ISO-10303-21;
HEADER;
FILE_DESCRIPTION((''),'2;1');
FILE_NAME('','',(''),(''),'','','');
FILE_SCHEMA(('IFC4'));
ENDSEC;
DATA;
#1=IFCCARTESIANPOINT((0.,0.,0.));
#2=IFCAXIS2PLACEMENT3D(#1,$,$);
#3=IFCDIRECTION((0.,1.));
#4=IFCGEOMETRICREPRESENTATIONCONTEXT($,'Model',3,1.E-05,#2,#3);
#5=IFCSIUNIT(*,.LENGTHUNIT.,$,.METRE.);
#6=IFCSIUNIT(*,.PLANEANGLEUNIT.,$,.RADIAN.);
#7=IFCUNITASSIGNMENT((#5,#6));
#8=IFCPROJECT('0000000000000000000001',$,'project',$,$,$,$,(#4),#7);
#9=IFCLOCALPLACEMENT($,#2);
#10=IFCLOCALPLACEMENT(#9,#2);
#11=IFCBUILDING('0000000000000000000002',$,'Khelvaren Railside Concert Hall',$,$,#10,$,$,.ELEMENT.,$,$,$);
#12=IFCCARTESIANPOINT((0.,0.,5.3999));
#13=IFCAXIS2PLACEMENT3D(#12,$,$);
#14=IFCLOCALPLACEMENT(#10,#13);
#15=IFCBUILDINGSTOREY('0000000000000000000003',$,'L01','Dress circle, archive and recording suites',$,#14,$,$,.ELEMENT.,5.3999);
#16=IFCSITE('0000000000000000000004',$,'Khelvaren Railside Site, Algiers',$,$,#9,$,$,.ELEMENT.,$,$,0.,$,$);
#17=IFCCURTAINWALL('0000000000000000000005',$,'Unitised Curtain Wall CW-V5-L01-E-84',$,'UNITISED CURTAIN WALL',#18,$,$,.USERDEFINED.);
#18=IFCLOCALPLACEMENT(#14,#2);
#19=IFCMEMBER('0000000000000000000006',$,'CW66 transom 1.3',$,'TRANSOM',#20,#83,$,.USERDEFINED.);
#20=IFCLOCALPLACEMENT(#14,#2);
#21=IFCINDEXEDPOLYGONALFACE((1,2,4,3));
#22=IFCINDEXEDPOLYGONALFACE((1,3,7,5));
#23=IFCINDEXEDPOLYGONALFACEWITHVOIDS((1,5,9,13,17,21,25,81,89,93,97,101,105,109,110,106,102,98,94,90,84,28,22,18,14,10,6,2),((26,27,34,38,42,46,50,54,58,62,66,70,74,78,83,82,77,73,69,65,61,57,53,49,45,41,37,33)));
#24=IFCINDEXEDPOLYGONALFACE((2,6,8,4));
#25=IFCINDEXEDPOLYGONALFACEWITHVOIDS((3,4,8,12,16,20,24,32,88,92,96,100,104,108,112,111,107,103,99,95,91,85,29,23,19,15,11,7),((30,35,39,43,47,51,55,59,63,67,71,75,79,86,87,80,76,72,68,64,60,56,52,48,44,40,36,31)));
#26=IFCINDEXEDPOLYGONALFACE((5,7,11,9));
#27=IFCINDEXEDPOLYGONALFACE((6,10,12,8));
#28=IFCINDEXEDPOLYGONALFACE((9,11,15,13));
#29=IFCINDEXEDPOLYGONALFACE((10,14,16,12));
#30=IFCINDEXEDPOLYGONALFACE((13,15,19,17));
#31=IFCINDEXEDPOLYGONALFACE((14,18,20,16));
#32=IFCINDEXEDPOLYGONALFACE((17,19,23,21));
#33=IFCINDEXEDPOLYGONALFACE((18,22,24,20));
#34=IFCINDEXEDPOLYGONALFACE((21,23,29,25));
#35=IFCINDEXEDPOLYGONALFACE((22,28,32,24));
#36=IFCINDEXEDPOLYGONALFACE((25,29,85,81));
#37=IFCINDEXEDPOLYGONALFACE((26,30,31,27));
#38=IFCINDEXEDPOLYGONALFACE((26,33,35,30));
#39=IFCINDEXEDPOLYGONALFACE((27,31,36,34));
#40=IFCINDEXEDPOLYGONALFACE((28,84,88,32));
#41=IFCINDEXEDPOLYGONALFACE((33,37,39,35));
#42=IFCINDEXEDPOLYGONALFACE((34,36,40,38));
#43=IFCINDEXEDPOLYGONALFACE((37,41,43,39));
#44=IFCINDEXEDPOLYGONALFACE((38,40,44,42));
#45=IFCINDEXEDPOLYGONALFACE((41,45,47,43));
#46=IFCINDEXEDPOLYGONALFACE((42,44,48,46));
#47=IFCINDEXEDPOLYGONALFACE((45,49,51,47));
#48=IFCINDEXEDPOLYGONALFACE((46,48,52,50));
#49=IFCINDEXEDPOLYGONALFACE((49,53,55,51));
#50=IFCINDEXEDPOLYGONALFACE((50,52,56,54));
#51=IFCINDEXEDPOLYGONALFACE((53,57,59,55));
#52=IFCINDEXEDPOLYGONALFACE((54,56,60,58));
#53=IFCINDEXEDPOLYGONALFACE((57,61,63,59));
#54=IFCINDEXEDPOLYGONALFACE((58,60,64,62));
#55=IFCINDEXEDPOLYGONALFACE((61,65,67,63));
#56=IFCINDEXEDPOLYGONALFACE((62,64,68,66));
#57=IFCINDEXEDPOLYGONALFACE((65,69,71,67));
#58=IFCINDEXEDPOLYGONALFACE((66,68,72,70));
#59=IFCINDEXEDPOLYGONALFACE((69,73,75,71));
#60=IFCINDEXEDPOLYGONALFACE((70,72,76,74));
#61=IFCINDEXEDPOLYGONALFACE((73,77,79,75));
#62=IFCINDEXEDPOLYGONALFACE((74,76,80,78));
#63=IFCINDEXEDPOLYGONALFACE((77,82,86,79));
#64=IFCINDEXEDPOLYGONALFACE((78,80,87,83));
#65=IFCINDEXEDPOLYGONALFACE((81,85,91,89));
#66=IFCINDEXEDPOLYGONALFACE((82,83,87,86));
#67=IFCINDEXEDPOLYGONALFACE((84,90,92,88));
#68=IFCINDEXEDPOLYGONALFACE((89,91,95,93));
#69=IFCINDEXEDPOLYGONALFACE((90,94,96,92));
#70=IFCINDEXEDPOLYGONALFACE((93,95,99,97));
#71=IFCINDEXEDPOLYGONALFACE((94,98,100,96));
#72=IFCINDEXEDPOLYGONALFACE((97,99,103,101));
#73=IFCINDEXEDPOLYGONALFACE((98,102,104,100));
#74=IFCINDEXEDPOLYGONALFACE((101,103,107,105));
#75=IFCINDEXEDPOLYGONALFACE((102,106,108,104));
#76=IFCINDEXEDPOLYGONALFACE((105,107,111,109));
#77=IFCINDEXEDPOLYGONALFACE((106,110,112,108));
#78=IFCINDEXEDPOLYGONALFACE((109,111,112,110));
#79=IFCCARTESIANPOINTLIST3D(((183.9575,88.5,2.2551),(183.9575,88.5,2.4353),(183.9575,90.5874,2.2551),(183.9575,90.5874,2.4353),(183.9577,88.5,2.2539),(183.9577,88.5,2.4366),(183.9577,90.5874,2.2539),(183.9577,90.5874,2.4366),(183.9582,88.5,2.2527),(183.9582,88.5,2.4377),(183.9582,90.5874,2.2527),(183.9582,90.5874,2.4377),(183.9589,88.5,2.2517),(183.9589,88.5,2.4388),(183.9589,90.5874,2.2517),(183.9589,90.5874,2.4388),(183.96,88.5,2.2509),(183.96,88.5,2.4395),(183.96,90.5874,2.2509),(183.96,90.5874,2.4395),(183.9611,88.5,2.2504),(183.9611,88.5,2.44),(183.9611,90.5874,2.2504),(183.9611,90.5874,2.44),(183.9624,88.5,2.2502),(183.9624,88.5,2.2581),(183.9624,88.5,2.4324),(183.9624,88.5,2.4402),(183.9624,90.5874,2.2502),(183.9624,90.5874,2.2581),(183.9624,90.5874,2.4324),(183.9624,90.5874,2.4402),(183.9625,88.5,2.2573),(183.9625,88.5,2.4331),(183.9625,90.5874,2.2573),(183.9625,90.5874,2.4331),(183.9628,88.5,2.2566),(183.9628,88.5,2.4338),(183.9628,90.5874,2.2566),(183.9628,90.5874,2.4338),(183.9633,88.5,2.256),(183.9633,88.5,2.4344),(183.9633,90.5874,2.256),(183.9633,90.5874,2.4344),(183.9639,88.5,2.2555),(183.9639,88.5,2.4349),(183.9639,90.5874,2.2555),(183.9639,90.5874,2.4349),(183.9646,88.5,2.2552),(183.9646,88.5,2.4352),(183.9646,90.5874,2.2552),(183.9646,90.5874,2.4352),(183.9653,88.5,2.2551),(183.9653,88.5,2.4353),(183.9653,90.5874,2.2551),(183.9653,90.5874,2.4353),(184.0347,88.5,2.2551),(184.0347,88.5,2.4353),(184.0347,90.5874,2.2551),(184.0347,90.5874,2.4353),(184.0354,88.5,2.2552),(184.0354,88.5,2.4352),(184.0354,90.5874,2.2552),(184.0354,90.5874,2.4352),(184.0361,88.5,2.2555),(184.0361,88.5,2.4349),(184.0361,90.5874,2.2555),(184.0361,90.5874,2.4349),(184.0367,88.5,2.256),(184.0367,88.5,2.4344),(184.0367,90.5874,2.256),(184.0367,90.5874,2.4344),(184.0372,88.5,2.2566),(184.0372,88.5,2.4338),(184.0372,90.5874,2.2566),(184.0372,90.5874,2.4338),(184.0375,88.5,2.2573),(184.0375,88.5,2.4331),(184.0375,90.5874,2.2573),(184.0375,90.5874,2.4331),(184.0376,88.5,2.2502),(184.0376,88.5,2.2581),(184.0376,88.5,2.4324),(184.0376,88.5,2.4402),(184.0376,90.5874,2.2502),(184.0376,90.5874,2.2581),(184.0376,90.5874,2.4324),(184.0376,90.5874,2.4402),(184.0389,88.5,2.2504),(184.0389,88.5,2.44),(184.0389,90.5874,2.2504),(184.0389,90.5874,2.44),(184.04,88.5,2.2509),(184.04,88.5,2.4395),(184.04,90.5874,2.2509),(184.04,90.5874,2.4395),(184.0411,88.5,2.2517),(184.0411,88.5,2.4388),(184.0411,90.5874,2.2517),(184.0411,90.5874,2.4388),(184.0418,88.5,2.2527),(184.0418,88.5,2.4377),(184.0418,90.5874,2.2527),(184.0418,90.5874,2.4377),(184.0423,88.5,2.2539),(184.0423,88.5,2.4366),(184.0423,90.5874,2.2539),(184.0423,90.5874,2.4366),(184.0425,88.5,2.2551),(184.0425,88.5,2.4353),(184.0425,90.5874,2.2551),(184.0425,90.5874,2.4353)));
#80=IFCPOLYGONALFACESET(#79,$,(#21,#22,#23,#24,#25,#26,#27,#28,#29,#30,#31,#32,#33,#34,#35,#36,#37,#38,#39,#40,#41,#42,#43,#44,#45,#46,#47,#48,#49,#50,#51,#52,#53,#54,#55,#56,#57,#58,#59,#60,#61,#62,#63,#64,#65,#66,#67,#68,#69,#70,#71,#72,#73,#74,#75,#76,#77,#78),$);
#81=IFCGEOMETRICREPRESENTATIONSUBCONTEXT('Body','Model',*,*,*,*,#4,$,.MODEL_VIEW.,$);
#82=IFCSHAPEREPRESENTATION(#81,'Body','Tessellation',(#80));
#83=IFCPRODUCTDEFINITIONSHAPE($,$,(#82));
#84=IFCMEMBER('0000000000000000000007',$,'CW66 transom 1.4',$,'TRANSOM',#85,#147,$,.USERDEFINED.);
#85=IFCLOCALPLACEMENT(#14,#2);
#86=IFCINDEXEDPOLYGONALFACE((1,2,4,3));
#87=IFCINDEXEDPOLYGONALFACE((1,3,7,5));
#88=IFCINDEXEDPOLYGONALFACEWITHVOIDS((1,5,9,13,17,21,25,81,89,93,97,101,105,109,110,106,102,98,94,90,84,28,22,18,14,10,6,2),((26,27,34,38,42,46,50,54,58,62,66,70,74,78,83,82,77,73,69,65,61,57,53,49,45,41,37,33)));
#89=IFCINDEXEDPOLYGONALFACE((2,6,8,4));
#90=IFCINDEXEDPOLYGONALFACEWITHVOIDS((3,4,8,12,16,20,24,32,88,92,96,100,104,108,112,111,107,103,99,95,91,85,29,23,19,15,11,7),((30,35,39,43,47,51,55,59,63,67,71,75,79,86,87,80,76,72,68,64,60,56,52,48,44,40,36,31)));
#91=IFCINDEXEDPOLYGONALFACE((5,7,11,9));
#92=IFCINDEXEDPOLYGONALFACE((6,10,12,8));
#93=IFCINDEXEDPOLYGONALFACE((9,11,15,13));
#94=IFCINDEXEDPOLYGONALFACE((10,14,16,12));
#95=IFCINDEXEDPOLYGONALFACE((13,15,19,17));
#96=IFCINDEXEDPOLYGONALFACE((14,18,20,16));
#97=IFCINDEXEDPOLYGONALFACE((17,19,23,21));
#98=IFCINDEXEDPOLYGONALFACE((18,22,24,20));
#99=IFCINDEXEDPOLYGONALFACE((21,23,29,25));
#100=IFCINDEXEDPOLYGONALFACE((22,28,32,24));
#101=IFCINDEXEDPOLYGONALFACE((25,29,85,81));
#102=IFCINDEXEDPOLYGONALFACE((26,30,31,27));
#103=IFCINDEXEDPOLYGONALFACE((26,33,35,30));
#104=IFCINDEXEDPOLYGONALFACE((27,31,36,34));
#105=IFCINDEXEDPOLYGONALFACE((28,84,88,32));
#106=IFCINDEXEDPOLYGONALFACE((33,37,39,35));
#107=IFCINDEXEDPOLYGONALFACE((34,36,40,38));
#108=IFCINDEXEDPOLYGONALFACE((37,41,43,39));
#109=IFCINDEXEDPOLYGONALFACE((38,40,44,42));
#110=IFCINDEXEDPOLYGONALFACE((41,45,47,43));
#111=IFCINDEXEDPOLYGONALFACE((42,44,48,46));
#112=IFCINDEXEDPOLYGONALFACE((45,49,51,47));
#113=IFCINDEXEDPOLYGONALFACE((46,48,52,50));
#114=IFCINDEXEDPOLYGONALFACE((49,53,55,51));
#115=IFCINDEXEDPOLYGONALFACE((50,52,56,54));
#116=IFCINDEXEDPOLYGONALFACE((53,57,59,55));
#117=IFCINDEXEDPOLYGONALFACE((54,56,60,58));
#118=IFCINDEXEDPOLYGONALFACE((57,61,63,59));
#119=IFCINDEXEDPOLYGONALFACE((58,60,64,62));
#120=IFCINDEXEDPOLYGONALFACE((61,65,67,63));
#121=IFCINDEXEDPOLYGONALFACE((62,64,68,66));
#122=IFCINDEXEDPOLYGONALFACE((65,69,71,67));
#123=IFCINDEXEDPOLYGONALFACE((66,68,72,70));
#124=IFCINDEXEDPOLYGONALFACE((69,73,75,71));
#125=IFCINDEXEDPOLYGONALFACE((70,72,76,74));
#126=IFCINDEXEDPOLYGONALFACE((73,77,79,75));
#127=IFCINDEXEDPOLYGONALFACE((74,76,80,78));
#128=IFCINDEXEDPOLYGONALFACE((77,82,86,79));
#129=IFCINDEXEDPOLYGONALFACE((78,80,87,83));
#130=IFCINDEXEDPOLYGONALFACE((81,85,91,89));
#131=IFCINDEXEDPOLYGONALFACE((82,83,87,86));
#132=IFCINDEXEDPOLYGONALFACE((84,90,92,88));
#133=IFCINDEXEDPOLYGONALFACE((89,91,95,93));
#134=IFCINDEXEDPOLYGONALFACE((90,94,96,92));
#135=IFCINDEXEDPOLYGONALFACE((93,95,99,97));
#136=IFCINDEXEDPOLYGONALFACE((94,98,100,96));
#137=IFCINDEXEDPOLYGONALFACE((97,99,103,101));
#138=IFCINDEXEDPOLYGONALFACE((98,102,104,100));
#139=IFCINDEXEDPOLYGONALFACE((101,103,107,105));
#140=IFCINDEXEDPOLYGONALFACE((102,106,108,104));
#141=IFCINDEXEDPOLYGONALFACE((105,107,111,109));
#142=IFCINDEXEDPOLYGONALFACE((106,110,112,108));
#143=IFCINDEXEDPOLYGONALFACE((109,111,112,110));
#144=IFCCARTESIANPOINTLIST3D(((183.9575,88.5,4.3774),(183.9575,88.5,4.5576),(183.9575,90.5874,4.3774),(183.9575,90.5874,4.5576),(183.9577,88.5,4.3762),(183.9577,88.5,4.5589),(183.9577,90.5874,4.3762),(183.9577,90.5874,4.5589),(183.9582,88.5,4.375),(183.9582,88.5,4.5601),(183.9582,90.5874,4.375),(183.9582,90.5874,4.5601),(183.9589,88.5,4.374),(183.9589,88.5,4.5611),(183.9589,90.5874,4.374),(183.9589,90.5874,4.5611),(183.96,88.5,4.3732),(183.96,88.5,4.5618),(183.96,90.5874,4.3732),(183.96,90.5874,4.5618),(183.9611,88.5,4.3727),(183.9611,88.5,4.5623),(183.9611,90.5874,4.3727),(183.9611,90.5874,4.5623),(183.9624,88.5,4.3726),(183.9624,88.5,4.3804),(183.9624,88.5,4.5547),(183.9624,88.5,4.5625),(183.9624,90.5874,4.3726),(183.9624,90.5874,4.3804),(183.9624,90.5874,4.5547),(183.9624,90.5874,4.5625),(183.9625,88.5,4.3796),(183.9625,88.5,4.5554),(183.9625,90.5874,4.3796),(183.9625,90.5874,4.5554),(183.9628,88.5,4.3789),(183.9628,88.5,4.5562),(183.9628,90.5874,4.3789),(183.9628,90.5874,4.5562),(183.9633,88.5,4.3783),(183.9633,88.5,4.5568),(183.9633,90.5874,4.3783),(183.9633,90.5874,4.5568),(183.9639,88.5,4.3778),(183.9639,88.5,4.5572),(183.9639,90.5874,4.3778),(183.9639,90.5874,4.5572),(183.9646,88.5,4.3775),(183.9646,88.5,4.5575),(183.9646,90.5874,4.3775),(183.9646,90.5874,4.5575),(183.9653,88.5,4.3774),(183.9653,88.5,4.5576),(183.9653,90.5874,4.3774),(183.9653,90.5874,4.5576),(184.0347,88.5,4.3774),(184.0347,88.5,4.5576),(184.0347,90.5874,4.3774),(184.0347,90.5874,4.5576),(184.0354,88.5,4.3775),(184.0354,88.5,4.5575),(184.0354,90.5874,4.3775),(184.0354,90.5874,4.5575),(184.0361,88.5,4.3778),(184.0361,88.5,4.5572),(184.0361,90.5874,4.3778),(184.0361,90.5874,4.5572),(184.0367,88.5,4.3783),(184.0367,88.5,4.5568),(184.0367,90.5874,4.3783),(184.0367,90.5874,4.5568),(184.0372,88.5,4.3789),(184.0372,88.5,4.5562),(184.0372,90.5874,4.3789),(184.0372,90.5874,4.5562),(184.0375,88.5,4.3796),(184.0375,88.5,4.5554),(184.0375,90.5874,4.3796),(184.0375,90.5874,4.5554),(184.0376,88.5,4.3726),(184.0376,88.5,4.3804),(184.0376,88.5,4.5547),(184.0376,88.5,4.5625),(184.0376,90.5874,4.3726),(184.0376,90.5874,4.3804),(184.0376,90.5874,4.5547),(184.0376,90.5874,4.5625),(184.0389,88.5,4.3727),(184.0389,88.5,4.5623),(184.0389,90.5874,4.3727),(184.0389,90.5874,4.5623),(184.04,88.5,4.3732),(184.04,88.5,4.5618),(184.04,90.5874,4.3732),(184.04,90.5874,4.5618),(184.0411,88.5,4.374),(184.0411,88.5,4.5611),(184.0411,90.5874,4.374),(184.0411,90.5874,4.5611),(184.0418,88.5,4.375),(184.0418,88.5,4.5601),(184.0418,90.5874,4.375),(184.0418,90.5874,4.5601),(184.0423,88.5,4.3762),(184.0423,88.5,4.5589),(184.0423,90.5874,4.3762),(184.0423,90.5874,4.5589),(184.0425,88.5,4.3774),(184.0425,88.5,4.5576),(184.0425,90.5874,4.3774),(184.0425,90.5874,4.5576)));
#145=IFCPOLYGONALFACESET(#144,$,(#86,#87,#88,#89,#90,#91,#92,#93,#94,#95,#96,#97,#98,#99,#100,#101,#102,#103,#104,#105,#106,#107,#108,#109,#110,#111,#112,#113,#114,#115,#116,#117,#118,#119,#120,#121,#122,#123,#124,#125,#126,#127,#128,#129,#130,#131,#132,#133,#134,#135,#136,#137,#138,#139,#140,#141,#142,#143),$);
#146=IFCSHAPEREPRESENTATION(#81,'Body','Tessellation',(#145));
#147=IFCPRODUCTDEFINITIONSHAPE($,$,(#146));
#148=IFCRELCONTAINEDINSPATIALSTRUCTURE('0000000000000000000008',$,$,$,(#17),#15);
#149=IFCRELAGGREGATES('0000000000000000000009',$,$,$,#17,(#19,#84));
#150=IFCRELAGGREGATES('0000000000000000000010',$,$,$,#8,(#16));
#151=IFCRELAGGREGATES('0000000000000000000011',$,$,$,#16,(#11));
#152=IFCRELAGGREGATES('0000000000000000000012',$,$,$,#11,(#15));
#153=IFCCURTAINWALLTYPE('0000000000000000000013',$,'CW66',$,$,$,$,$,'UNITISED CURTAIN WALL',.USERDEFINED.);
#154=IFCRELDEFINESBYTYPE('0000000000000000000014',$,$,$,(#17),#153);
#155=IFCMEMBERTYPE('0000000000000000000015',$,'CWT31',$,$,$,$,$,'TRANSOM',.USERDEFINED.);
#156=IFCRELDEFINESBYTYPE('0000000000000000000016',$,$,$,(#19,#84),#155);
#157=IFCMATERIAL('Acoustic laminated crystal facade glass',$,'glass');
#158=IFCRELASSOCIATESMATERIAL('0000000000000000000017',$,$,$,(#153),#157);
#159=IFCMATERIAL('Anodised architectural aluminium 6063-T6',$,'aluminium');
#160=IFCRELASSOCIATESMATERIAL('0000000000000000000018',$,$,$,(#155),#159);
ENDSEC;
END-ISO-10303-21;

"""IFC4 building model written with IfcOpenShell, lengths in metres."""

from ifc_helpers import new_model, si_unit, direction, frame, origin, origin_2d, place, context, subcontext, project, spatial, hollow_rectangle, extrude, material, material_profile, profile_set, type_object, element, aggregate, save


model = new_model("IFC4")

# Units and contexts
model_context = context("Model", 3, precision=1e-05, world=origin(), true_north=direction((0.0, 1.0)))
body_context = subcontext(model_context, "Body", "Model", "MODEL_VIEW")
ifc_project = project(units=[si_unit("LENGTHUNIT", "METRE"), si_unit("PLANEANGLEUNIT", "RADIAN")], contexts=[model_context])

# Site, building, storey
site_placement = place(None, origin())
site = spatial("IfcSite", under=ifc_project, at=site_placement, Name="Khelvaren Railside Site, Algiers", CompositionType="ELEMENT", RefElevation=0.0)
building_placement = place(site_placement, origin())
building = spatial("IfcBuilding", under=site, at=building_placement, Name="Khelvaren Railside Concert Hall", CompositionType="ELEMENT")
storey_placement = place(building_placement, frame((0.0, 0.0, 5.3999)))
storey = spatial("IfcBuildingStorey", under=building, at=storey_placement, Name="L01", Description="Dress circle, archive and recording suites", CompositionType="ELEMENT", Elevation=5.3999)

# Curtain wall, members
ifc_material_1 = material(Name="Anodised architectural aluminium 6063-T6", Category="aluminium")
ifc_material_2 = material(Name="Acoustic laminated crystal facade glass", Category="glass")
curtain_wall_type_1 = type_object("IfcCurtainWallType", Name="CW66", ElementType="UNITISED CURTAIN WALL", PredefinedType="USERDEFINED", material=ifc_material_2)
curtain_wall_1_placement = place(storey_placement, origin())
curtain_wall_1 = element("IfcCurtainWall", 1, at=curtain_wall_1_placement, inside=storey, type_object=curtain_wall_type_1, Name="Unitised Curtain Wall CW-V5-L01-E-84", ObjectType="UNITISED CURTAIN WALL", PredefinedType="USERDEFINED")
ifc_material_profile_1 = material_profile(ifc_material_1, hollow_rectangle(XDim=0.085, YDim=0.1899, WallThickness=0.0049, InnerFilletRadius=0.0029, OuterFilletRadius=0.0049, at=origin_2d()), Name="CWT 85x190x5")
ifc_profile_set_1 = profile_set([ifc_material_profile_1], Name="Anodised architectural aluminium 6063-T6")
member_type_1 = type_object("IfcMemberType", Name="CWT31", ElementType="TRANSOM", PredefinedType="USERDEFINED", material=ifc_profile_set_1)
member_1_placement = place(storey_placement, frame((184.0, 90.5874, 2.3452), z_axis=(0.0, -1.0, 0.0), x_axis=(1.0, 0.0, 0.0)))
member_1 = element("IfcMember", 2, at=member_1_placement, type_object=member_type_1, Name="CW66 transom 1.3", ObjectType="TRANSOM", PredefinedType="USERDEFINED", context=body_context, shape_type="SweptSolid", body=[
    extrude(hollow_rectangle(XDim=0.085, YDim=0.1899, WallThickness=0.0049, InnerFilletRadius=0.0029, OuterFilletRadius=0.0049, at=origin_2d()), origin(), (0.0, 0.0, 1.0), 2.0874),
])
member_2_placement = place(storey_placement, frame((184.0, 90.5874, 4.4675), z_axis=(0.0, -1.0, 0.0), x_axis=(1.0, 0.0, 0.0)))
member_2 = element("IfcMember", 3, at=member_2_placement, type_object=member_type_1, Name="CW66 transom 1.4", ObjectType="TRANSOM", PredefinedType="USERDEFINED", context=body_context, shape_type="SweptSolid", body=[
    extrude(hollow_rectangle(XDim=0.085, YDim=0.1899, WallThickness=0.0049, InnerFilletRadius=0.0029, OuterFilletRadius=0.0049, at=origin_2d()), origin(), (0.0, 0.0, 1.0), 2.0874),
])

aggregate(curtain_wall_1, [member_1, member_2])

save(model, "model.ifc")
